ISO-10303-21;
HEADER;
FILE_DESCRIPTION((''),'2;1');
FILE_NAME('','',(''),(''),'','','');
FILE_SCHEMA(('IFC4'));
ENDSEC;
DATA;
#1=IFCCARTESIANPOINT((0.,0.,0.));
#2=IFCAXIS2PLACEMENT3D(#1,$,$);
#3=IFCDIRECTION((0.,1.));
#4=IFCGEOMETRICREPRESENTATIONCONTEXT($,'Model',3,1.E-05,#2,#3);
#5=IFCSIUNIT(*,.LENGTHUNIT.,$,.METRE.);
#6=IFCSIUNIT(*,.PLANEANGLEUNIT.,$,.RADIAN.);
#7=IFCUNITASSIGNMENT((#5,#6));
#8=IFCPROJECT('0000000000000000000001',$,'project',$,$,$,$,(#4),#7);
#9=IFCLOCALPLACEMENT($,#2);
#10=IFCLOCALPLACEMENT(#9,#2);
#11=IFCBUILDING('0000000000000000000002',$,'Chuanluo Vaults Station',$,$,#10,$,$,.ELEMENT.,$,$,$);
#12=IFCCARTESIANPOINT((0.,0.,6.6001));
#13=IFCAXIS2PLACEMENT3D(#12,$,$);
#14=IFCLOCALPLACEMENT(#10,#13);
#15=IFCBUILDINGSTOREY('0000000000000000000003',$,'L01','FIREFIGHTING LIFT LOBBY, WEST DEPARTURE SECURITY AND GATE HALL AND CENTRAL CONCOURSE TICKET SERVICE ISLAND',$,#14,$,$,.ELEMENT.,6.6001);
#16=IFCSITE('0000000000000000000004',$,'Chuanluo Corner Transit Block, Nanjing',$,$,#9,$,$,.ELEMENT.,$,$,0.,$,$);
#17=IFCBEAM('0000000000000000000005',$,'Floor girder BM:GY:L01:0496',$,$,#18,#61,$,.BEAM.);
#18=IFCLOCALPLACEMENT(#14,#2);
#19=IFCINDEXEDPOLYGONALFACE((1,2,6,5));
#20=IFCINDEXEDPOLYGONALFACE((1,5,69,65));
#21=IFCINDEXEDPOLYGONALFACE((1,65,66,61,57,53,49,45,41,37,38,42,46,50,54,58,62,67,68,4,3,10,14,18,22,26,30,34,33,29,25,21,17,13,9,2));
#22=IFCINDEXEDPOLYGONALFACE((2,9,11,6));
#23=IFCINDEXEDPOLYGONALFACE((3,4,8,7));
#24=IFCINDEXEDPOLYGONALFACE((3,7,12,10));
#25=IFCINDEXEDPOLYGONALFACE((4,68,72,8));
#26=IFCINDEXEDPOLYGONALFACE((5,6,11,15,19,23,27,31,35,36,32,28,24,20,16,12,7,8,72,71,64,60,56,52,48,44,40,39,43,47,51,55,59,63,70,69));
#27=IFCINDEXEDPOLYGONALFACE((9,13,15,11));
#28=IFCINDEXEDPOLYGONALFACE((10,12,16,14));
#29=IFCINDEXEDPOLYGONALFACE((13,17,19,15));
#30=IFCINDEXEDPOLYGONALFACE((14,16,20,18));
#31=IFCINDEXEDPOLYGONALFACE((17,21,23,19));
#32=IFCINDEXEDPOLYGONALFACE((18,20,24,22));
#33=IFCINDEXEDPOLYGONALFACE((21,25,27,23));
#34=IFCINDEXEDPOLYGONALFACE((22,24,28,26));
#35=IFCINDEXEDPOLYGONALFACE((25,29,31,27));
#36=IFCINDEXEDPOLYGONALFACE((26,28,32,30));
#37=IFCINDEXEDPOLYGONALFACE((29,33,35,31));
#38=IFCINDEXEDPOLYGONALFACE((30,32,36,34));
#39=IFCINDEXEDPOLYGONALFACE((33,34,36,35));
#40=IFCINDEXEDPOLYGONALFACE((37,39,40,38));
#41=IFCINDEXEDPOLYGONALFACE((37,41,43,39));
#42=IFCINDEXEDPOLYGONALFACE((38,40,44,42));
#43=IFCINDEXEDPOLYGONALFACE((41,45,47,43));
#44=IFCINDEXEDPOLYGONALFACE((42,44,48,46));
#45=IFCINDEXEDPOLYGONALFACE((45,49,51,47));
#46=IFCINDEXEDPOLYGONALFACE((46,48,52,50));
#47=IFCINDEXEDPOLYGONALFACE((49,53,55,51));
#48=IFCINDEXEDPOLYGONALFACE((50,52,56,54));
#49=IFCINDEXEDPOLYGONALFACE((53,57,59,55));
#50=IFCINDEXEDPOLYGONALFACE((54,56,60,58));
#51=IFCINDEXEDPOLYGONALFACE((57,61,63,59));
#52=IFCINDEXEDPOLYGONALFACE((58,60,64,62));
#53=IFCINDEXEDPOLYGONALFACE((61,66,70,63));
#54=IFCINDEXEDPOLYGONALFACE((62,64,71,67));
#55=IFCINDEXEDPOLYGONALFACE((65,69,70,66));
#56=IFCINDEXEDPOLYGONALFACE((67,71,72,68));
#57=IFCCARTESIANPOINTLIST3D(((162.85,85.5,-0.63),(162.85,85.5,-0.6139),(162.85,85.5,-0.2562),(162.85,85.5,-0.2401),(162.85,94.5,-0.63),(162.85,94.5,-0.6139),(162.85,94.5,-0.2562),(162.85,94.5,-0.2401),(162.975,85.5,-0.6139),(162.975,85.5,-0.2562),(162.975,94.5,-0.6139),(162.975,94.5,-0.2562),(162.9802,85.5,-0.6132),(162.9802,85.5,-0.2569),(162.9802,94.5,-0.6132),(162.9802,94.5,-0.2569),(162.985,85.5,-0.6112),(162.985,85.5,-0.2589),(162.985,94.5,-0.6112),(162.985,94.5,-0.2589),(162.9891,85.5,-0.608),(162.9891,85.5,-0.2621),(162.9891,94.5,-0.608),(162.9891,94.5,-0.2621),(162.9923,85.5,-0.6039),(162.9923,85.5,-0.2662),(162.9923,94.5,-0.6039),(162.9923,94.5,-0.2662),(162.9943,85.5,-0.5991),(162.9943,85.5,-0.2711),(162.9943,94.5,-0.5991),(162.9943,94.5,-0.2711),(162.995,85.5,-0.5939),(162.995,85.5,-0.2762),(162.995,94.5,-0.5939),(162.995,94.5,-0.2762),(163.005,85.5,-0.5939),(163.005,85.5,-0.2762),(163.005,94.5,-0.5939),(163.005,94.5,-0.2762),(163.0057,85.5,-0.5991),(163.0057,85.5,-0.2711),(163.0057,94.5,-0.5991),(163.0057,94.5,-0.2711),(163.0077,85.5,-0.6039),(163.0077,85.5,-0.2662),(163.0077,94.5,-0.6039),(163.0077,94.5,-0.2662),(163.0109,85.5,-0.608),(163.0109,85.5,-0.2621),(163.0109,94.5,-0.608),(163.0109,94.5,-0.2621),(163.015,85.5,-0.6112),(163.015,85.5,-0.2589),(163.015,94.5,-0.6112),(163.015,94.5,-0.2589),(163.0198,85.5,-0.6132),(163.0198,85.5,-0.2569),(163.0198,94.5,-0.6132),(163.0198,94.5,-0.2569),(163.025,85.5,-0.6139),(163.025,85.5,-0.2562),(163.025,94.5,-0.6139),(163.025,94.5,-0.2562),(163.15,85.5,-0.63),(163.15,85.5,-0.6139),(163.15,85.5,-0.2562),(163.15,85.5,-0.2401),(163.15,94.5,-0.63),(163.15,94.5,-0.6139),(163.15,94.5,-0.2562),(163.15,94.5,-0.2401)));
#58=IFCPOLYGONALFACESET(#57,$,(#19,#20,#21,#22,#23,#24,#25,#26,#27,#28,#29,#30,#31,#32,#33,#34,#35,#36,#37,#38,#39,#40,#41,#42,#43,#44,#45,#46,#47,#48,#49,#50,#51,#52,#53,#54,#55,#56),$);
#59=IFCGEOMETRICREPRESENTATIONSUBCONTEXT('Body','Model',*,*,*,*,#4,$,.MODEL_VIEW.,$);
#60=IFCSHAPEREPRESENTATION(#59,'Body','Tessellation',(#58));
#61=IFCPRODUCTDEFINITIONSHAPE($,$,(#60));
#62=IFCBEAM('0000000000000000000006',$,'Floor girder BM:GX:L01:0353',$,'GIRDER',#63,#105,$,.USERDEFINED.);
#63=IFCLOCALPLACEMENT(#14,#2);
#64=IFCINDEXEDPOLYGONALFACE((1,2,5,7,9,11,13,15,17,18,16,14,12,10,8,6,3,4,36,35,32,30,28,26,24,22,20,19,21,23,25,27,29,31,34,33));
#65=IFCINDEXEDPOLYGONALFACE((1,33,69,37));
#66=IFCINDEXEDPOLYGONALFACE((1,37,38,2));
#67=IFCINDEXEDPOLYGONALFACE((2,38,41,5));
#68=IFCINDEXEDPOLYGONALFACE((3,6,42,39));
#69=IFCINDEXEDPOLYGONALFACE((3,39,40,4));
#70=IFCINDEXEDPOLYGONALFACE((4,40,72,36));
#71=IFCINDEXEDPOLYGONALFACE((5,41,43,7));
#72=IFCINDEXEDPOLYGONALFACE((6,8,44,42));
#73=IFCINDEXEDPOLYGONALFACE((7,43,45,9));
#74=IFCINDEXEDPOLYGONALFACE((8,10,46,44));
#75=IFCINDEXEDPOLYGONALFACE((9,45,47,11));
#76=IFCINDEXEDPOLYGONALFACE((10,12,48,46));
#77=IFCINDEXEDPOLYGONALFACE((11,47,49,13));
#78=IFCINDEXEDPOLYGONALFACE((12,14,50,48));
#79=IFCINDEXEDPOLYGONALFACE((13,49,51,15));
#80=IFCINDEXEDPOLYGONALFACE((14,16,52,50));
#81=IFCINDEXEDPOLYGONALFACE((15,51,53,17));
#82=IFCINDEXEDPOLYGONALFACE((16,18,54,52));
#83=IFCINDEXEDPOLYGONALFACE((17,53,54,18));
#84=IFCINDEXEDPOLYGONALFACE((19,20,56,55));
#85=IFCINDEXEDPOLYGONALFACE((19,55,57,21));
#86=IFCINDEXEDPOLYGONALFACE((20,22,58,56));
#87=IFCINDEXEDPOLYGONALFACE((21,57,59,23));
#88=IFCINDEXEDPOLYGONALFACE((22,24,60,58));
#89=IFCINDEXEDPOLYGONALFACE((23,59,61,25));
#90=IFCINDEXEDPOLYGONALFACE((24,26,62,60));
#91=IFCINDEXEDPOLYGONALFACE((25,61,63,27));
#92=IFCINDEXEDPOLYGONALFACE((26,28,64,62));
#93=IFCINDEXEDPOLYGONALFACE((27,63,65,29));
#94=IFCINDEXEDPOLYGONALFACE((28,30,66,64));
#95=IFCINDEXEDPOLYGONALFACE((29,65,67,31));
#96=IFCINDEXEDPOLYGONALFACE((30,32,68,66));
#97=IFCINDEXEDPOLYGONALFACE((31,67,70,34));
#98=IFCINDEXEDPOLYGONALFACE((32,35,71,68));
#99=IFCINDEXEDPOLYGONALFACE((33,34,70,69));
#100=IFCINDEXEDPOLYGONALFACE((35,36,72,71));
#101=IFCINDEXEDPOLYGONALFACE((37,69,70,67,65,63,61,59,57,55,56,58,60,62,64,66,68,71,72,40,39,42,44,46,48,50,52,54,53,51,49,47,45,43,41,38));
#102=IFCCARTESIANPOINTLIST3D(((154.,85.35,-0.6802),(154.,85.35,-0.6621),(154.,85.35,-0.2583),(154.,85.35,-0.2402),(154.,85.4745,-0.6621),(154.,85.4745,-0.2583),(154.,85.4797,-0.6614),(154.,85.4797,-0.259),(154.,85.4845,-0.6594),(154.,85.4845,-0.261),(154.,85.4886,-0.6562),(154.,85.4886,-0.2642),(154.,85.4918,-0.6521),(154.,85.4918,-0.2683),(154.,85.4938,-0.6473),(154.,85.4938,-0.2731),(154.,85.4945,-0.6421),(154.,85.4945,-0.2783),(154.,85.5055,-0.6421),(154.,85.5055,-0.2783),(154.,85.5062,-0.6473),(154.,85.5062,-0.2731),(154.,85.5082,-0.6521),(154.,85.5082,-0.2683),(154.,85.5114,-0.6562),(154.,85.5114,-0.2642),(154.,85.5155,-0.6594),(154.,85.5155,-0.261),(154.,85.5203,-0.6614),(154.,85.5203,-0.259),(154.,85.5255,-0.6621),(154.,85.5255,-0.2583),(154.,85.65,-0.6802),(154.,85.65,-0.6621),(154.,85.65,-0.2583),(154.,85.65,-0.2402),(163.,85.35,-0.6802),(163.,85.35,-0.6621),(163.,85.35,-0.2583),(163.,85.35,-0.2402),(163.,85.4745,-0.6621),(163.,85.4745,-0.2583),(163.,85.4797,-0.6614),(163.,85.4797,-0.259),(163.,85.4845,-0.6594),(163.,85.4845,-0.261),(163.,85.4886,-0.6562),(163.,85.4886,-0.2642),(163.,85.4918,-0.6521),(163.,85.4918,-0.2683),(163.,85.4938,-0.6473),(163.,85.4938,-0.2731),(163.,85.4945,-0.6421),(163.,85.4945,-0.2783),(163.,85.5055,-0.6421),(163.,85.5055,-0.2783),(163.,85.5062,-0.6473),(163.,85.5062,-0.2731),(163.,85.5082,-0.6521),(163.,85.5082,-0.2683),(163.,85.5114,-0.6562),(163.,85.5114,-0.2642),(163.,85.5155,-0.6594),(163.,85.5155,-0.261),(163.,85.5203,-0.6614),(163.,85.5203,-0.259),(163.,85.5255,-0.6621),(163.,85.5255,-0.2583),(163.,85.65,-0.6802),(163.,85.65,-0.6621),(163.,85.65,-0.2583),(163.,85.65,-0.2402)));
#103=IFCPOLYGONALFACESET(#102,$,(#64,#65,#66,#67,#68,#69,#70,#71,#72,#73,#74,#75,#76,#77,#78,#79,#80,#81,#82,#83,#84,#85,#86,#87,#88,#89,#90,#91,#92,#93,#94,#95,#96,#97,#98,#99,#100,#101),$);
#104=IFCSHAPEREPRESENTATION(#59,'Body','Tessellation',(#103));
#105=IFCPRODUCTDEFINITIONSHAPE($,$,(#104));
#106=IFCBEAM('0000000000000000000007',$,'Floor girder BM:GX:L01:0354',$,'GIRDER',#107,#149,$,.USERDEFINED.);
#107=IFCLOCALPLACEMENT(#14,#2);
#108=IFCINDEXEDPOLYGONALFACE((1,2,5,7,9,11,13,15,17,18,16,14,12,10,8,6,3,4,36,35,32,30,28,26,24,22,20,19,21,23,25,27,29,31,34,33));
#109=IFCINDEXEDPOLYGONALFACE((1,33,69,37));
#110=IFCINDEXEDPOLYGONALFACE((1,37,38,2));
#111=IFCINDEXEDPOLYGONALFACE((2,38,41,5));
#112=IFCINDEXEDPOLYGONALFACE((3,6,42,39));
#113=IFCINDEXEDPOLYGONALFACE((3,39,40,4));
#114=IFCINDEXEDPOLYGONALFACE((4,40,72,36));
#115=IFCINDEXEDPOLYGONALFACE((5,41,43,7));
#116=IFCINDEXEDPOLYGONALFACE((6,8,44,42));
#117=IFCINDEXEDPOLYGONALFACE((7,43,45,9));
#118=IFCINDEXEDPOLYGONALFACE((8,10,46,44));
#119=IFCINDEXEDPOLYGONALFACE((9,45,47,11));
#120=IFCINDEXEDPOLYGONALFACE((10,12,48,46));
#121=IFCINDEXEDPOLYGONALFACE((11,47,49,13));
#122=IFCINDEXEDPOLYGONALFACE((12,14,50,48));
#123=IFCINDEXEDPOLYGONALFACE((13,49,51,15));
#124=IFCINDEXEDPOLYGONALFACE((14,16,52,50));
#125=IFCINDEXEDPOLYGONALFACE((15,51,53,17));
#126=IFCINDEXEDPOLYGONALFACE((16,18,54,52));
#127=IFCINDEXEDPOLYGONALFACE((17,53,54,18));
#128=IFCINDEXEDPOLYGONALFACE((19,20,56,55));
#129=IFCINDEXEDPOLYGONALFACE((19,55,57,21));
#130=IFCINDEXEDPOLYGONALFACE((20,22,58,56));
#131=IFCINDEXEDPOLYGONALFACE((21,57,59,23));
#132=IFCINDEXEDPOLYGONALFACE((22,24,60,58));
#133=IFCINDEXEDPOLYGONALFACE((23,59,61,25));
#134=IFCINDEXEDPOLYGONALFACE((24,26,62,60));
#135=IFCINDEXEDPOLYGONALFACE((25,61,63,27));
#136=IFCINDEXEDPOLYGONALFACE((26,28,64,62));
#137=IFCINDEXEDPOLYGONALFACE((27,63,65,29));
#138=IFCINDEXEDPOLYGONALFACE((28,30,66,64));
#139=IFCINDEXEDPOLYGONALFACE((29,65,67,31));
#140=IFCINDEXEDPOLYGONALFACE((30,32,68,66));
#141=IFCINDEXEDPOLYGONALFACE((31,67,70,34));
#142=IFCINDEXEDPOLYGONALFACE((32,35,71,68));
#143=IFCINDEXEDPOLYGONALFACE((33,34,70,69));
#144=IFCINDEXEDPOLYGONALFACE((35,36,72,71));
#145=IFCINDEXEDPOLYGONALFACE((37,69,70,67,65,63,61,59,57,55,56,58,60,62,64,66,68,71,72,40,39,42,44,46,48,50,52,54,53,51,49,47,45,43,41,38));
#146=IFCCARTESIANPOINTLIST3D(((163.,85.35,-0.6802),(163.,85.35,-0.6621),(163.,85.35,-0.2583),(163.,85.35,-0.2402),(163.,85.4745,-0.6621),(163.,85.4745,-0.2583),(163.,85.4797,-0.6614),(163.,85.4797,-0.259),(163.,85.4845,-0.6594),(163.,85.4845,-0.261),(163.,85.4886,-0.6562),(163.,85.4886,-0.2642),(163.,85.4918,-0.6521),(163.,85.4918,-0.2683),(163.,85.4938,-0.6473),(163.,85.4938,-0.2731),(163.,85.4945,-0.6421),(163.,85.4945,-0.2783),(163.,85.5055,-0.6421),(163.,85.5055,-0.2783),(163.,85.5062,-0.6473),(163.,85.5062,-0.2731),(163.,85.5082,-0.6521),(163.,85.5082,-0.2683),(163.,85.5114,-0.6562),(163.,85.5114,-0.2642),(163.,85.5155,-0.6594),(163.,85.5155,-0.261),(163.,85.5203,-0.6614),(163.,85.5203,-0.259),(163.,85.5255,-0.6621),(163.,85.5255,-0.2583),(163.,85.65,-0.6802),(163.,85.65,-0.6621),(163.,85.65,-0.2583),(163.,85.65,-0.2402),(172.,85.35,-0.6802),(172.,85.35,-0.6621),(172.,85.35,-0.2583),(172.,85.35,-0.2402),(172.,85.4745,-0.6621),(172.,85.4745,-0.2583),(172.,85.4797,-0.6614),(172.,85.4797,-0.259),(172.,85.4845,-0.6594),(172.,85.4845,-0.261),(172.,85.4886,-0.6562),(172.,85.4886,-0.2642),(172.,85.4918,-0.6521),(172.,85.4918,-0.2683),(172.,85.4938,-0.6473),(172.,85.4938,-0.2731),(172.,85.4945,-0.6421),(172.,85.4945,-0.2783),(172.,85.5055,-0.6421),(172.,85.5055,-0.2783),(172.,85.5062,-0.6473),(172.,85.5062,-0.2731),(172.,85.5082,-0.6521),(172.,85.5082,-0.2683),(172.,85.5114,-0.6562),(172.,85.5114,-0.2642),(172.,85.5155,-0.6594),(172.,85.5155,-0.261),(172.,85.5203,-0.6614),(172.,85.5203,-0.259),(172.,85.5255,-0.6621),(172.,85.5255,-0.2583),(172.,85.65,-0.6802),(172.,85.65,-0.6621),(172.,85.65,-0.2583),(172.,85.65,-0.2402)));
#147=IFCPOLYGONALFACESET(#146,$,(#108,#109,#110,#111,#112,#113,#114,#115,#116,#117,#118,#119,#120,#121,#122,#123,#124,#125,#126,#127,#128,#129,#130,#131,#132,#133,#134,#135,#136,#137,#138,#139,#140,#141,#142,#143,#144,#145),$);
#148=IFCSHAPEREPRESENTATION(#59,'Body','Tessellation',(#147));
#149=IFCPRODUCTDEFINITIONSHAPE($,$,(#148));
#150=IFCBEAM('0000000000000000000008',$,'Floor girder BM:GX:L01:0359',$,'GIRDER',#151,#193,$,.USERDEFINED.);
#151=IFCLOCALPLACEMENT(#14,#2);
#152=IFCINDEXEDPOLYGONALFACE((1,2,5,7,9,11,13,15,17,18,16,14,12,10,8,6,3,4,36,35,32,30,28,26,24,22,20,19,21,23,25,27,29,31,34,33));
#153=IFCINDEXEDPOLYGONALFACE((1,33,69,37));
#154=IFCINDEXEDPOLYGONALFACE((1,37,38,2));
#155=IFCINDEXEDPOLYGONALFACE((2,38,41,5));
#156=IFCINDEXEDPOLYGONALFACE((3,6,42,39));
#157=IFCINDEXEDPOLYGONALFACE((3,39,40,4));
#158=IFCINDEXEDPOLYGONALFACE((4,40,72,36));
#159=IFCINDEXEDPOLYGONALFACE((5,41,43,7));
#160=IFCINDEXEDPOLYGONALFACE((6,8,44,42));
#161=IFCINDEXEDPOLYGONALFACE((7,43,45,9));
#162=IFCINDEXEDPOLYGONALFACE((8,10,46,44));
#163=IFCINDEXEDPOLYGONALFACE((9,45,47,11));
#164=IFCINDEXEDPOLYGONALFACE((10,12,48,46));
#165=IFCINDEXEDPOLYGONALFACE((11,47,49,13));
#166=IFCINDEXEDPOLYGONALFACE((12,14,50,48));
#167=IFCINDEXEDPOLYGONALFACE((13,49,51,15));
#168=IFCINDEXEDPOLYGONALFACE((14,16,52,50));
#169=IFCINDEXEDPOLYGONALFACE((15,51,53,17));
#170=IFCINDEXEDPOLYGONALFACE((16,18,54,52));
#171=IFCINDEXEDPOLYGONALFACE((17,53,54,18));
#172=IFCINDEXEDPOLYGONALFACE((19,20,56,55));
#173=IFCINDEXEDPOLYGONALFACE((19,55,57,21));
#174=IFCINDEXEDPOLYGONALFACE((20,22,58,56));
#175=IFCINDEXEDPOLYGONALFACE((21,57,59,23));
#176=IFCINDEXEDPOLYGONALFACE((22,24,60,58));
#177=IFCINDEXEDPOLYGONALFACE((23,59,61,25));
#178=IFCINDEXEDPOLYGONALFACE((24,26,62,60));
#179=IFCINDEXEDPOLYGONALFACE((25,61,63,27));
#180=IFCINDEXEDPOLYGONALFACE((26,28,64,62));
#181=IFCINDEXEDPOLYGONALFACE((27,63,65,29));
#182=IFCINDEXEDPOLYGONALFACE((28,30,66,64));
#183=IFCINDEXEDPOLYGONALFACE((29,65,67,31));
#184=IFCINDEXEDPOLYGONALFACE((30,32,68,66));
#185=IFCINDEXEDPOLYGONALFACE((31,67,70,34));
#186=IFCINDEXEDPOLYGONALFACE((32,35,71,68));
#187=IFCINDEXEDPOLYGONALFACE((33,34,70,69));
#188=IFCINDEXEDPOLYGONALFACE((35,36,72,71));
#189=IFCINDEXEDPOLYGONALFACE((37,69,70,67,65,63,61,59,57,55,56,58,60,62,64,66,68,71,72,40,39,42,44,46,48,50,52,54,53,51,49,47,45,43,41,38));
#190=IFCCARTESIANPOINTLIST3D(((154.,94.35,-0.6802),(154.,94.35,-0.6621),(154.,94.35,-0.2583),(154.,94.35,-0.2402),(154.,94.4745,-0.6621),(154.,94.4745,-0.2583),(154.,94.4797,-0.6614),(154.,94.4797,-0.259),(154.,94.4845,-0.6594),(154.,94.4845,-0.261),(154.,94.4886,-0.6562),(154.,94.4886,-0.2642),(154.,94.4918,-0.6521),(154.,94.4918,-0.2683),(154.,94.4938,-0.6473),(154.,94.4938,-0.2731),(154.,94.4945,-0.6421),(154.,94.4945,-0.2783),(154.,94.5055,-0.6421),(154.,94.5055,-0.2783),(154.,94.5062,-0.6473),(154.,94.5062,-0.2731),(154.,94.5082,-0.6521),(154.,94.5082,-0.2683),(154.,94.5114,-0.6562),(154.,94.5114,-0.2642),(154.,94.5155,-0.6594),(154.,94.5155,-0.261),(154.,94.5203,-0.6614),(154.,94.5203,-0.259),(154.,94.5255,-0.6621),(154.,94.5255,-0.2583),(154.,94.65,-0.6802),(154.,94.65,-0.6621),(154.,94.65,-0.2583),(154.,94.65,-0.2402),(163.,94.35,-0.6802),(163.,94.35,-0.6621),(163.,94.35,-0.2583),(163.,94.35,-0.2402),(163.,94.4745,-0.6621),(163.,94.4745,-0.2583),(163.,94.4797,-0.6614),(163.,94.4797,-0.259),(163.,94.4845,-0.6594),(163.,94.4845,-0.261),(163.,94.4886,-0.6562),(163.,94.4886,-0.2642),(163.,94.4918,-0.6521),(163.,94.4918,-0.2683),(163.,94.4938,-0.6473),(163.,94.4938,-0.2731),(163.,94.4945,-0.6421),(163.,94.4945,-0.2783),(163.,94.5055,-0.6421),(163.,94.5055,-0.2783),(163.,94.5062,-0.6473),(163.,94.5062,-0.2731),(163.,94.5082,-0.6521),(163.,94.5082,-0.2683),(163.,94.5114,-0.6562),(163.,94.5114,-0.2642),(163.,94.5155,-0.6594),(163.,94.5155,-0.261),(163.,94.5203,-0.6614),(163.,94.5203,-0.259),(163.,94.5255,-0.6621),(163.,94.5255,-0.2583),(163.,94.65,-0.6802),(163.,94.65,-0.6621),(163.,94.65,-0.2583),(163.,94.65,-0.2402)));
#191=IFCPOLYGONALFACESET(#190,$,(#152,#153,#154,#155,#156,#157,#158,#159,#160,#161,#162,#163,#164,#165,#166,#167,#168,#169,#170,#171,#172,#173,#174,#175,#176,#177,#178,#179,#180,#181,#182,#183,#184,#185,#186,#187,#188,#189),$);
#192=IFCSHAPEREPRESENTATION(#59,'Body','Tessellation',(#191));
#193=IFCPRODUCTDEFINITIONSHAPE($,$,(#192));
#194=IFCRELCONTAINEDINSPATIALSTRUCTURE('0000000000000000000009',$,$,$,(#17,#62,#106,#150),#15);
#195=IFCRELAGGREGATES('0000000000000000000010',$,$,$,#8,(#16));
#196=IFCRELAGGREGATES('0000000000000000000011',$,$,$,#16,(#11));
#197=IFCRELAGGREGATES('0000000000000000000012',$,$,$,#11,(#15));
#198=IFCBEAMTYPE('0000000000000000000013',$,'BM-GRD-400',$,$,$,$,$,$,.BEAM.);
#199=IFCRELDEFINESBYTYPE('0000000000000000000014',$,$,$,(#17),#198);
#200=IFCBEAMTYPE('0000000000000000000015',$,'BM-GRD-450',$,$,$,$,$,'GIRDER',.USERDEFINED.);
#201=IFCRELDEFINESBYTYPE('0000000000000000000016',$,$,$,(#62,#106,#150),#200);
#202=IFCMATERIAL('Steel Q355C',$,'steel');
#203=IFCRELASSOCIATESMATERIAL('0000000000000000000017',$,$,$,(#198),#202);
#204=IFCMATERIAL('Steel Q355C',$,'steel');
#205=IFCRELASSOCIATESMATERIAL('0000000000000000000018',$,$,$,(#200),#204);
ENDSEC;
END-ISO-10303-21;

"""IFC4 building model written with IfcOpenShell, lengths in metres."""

from ifc_helpers import new_model, si_unit, direction, frame, origin, origin_2d, place, context, subcontext, project, spatial, i_section, extrude, material, material_profile, profile_set, type_object, element, save


model = new_model("IFC4")

# Units and contexts
model_context = context("Model", 3, precision=1e-05, world=origin(), true_north=direction((0.0, 1.0)))
body_context = subcontext(model_context, "Body", "Model", "MODEL_VIEW")
ifc_project = project(units=[si_unit("LENGTHUNIT", "METRE"), si_unit("PLANEANGLEUNIT", "RADIAN")], contexts=[model_context])

# Site, building, storey
site_placement = place(None, origin())
site = spatial("IfcSite", under=ifc_project, at=site_placement, Name="Chuanluo Corner Transit Block, Nanjing", CompositionType="ELEMENT", RefElevation=0.0)
building_placement = place(site_placement, origin())
building = spatial("IfcBuilding", under=site, at=building_placement, Name="Chuanluo Vaults Station", CompositionType="ELEMENT")
storey_placement = place(building_placement, frame((0.0, 0.0, 6.6001)))
storey = spatial("IfcBuildingStorey", under=building, at=storey_placement, Name="L01", Description="FIREFIGHTING LIFT LOBBY, WEST DEPARTURE SECURITY AND GATE HALL AND CENTRAL CONCOURSE TICKET SERVICE ISLAND", CompositionType="ELEMENT", Elevation=6.6001)

# Beams
ifc_material_1 = material(Name="Steel Q355C", Category="steel")
ifc_material_profile_1 = material_profile(ifc_material_1, i_section(OverallWidth=0.3, OverallDepth=0.3899, WebThickness=0.01, FlangeThickness=0.0161, FilletRadius=0.02, at=origin_2d()))
ifc_profile_set_1 = profile_set([ifc_material_profile_1], Name="Steel Q355C")
beam_type_1 = type_object("IfcBeamType", Name="BM-GRD-400", PredefinedType="BEAM", material=ifc_profile_set_1)
for number, where, z_axis, x_axis, name in (
    (1, (163.0, 85.5, -0.4351), (0.0, 1.0, 0.0), (-1.0, 0.0, 0.0), "Floor girder BM:GY:L01:0496"),
):
    element("IfcBeam", number, at=place(storey_placement, frame(where, z_axis=z_axis, x_axis=x_axis)), inside=storey, type_object=beam_type_1, Name=name, PredefinedType="BEAM", context=body_context, shape_type="SweptSolid", body=[
        extrude(i_section(OverallWidth=0.3, OverallDepth=0.3899, WebThickness=0.01, FlangeThickness=0.0161, FilletRadius=0.02, at=origin_2d()), origin(), (0.0, 0.0, 1.0), 9.0),
    ])
ifc_material_2 = material(Name="Steel Q355C", Category="steel")
ifc_material_profile_2 = material_profile(ifc_material_2, i_section(OverallWidth=0.3, OverallDepth=0.4399, WebThickness=0.011, FlangeThickness=0.0181, FilletRadius=0.02, at=origin_2d()))
ifc_profile_set_2 = profile_set([ifc_material_profile_2], Name="Steel Q355C")
beam_type_2 = type_object("IfcBeamType", Name="BM-GRD-450", ElementType="GIRDER", PredefinedType="USERDEFINED", material=ifc_profile_set_2)
for number, where, z_axis, x_axis, name in (
    (2, (154.0, 85.5, -0.4602), (1.0, 0.0, 0.0), (0.0, 1.0, 0.0), "Floor girder BM:GX:L01:0353"),
    (3, (163.0, 85.5, -0.4602), (1.0, 0.0, 0.0), (0.0, 1.0, 0.0), "Floor girder BM:GX:L01:0354"),
    (4, (154.0, 94.5, -0.4602), (1.0, 0.0, 0.0), (0.0, 1.0, 0.0), "Floor girder BM:GX:L01:0359"),
):
    element("IfcBeam", number, at=place(storey_placement, frame(where, z_axis=z_axis, x_axis=x_axis)), inside=storey, type_object=beam_type_2, Name=name, ObjectType="GIRDER", PredefinedType="USERDEFINED", context=body_context, shape_type="SweptSolid", body=[
        extrude(i_section(OverallWidth=0.3, OverallDepth=0.4399, WebThickness=0.011, FlangeThickness=0.0181, FilletRadius=0.02, at=origin_2d()), origin(), (0.0, 0.0, 1.0), 9.0),
    ])

save(model, "model.ifc")
